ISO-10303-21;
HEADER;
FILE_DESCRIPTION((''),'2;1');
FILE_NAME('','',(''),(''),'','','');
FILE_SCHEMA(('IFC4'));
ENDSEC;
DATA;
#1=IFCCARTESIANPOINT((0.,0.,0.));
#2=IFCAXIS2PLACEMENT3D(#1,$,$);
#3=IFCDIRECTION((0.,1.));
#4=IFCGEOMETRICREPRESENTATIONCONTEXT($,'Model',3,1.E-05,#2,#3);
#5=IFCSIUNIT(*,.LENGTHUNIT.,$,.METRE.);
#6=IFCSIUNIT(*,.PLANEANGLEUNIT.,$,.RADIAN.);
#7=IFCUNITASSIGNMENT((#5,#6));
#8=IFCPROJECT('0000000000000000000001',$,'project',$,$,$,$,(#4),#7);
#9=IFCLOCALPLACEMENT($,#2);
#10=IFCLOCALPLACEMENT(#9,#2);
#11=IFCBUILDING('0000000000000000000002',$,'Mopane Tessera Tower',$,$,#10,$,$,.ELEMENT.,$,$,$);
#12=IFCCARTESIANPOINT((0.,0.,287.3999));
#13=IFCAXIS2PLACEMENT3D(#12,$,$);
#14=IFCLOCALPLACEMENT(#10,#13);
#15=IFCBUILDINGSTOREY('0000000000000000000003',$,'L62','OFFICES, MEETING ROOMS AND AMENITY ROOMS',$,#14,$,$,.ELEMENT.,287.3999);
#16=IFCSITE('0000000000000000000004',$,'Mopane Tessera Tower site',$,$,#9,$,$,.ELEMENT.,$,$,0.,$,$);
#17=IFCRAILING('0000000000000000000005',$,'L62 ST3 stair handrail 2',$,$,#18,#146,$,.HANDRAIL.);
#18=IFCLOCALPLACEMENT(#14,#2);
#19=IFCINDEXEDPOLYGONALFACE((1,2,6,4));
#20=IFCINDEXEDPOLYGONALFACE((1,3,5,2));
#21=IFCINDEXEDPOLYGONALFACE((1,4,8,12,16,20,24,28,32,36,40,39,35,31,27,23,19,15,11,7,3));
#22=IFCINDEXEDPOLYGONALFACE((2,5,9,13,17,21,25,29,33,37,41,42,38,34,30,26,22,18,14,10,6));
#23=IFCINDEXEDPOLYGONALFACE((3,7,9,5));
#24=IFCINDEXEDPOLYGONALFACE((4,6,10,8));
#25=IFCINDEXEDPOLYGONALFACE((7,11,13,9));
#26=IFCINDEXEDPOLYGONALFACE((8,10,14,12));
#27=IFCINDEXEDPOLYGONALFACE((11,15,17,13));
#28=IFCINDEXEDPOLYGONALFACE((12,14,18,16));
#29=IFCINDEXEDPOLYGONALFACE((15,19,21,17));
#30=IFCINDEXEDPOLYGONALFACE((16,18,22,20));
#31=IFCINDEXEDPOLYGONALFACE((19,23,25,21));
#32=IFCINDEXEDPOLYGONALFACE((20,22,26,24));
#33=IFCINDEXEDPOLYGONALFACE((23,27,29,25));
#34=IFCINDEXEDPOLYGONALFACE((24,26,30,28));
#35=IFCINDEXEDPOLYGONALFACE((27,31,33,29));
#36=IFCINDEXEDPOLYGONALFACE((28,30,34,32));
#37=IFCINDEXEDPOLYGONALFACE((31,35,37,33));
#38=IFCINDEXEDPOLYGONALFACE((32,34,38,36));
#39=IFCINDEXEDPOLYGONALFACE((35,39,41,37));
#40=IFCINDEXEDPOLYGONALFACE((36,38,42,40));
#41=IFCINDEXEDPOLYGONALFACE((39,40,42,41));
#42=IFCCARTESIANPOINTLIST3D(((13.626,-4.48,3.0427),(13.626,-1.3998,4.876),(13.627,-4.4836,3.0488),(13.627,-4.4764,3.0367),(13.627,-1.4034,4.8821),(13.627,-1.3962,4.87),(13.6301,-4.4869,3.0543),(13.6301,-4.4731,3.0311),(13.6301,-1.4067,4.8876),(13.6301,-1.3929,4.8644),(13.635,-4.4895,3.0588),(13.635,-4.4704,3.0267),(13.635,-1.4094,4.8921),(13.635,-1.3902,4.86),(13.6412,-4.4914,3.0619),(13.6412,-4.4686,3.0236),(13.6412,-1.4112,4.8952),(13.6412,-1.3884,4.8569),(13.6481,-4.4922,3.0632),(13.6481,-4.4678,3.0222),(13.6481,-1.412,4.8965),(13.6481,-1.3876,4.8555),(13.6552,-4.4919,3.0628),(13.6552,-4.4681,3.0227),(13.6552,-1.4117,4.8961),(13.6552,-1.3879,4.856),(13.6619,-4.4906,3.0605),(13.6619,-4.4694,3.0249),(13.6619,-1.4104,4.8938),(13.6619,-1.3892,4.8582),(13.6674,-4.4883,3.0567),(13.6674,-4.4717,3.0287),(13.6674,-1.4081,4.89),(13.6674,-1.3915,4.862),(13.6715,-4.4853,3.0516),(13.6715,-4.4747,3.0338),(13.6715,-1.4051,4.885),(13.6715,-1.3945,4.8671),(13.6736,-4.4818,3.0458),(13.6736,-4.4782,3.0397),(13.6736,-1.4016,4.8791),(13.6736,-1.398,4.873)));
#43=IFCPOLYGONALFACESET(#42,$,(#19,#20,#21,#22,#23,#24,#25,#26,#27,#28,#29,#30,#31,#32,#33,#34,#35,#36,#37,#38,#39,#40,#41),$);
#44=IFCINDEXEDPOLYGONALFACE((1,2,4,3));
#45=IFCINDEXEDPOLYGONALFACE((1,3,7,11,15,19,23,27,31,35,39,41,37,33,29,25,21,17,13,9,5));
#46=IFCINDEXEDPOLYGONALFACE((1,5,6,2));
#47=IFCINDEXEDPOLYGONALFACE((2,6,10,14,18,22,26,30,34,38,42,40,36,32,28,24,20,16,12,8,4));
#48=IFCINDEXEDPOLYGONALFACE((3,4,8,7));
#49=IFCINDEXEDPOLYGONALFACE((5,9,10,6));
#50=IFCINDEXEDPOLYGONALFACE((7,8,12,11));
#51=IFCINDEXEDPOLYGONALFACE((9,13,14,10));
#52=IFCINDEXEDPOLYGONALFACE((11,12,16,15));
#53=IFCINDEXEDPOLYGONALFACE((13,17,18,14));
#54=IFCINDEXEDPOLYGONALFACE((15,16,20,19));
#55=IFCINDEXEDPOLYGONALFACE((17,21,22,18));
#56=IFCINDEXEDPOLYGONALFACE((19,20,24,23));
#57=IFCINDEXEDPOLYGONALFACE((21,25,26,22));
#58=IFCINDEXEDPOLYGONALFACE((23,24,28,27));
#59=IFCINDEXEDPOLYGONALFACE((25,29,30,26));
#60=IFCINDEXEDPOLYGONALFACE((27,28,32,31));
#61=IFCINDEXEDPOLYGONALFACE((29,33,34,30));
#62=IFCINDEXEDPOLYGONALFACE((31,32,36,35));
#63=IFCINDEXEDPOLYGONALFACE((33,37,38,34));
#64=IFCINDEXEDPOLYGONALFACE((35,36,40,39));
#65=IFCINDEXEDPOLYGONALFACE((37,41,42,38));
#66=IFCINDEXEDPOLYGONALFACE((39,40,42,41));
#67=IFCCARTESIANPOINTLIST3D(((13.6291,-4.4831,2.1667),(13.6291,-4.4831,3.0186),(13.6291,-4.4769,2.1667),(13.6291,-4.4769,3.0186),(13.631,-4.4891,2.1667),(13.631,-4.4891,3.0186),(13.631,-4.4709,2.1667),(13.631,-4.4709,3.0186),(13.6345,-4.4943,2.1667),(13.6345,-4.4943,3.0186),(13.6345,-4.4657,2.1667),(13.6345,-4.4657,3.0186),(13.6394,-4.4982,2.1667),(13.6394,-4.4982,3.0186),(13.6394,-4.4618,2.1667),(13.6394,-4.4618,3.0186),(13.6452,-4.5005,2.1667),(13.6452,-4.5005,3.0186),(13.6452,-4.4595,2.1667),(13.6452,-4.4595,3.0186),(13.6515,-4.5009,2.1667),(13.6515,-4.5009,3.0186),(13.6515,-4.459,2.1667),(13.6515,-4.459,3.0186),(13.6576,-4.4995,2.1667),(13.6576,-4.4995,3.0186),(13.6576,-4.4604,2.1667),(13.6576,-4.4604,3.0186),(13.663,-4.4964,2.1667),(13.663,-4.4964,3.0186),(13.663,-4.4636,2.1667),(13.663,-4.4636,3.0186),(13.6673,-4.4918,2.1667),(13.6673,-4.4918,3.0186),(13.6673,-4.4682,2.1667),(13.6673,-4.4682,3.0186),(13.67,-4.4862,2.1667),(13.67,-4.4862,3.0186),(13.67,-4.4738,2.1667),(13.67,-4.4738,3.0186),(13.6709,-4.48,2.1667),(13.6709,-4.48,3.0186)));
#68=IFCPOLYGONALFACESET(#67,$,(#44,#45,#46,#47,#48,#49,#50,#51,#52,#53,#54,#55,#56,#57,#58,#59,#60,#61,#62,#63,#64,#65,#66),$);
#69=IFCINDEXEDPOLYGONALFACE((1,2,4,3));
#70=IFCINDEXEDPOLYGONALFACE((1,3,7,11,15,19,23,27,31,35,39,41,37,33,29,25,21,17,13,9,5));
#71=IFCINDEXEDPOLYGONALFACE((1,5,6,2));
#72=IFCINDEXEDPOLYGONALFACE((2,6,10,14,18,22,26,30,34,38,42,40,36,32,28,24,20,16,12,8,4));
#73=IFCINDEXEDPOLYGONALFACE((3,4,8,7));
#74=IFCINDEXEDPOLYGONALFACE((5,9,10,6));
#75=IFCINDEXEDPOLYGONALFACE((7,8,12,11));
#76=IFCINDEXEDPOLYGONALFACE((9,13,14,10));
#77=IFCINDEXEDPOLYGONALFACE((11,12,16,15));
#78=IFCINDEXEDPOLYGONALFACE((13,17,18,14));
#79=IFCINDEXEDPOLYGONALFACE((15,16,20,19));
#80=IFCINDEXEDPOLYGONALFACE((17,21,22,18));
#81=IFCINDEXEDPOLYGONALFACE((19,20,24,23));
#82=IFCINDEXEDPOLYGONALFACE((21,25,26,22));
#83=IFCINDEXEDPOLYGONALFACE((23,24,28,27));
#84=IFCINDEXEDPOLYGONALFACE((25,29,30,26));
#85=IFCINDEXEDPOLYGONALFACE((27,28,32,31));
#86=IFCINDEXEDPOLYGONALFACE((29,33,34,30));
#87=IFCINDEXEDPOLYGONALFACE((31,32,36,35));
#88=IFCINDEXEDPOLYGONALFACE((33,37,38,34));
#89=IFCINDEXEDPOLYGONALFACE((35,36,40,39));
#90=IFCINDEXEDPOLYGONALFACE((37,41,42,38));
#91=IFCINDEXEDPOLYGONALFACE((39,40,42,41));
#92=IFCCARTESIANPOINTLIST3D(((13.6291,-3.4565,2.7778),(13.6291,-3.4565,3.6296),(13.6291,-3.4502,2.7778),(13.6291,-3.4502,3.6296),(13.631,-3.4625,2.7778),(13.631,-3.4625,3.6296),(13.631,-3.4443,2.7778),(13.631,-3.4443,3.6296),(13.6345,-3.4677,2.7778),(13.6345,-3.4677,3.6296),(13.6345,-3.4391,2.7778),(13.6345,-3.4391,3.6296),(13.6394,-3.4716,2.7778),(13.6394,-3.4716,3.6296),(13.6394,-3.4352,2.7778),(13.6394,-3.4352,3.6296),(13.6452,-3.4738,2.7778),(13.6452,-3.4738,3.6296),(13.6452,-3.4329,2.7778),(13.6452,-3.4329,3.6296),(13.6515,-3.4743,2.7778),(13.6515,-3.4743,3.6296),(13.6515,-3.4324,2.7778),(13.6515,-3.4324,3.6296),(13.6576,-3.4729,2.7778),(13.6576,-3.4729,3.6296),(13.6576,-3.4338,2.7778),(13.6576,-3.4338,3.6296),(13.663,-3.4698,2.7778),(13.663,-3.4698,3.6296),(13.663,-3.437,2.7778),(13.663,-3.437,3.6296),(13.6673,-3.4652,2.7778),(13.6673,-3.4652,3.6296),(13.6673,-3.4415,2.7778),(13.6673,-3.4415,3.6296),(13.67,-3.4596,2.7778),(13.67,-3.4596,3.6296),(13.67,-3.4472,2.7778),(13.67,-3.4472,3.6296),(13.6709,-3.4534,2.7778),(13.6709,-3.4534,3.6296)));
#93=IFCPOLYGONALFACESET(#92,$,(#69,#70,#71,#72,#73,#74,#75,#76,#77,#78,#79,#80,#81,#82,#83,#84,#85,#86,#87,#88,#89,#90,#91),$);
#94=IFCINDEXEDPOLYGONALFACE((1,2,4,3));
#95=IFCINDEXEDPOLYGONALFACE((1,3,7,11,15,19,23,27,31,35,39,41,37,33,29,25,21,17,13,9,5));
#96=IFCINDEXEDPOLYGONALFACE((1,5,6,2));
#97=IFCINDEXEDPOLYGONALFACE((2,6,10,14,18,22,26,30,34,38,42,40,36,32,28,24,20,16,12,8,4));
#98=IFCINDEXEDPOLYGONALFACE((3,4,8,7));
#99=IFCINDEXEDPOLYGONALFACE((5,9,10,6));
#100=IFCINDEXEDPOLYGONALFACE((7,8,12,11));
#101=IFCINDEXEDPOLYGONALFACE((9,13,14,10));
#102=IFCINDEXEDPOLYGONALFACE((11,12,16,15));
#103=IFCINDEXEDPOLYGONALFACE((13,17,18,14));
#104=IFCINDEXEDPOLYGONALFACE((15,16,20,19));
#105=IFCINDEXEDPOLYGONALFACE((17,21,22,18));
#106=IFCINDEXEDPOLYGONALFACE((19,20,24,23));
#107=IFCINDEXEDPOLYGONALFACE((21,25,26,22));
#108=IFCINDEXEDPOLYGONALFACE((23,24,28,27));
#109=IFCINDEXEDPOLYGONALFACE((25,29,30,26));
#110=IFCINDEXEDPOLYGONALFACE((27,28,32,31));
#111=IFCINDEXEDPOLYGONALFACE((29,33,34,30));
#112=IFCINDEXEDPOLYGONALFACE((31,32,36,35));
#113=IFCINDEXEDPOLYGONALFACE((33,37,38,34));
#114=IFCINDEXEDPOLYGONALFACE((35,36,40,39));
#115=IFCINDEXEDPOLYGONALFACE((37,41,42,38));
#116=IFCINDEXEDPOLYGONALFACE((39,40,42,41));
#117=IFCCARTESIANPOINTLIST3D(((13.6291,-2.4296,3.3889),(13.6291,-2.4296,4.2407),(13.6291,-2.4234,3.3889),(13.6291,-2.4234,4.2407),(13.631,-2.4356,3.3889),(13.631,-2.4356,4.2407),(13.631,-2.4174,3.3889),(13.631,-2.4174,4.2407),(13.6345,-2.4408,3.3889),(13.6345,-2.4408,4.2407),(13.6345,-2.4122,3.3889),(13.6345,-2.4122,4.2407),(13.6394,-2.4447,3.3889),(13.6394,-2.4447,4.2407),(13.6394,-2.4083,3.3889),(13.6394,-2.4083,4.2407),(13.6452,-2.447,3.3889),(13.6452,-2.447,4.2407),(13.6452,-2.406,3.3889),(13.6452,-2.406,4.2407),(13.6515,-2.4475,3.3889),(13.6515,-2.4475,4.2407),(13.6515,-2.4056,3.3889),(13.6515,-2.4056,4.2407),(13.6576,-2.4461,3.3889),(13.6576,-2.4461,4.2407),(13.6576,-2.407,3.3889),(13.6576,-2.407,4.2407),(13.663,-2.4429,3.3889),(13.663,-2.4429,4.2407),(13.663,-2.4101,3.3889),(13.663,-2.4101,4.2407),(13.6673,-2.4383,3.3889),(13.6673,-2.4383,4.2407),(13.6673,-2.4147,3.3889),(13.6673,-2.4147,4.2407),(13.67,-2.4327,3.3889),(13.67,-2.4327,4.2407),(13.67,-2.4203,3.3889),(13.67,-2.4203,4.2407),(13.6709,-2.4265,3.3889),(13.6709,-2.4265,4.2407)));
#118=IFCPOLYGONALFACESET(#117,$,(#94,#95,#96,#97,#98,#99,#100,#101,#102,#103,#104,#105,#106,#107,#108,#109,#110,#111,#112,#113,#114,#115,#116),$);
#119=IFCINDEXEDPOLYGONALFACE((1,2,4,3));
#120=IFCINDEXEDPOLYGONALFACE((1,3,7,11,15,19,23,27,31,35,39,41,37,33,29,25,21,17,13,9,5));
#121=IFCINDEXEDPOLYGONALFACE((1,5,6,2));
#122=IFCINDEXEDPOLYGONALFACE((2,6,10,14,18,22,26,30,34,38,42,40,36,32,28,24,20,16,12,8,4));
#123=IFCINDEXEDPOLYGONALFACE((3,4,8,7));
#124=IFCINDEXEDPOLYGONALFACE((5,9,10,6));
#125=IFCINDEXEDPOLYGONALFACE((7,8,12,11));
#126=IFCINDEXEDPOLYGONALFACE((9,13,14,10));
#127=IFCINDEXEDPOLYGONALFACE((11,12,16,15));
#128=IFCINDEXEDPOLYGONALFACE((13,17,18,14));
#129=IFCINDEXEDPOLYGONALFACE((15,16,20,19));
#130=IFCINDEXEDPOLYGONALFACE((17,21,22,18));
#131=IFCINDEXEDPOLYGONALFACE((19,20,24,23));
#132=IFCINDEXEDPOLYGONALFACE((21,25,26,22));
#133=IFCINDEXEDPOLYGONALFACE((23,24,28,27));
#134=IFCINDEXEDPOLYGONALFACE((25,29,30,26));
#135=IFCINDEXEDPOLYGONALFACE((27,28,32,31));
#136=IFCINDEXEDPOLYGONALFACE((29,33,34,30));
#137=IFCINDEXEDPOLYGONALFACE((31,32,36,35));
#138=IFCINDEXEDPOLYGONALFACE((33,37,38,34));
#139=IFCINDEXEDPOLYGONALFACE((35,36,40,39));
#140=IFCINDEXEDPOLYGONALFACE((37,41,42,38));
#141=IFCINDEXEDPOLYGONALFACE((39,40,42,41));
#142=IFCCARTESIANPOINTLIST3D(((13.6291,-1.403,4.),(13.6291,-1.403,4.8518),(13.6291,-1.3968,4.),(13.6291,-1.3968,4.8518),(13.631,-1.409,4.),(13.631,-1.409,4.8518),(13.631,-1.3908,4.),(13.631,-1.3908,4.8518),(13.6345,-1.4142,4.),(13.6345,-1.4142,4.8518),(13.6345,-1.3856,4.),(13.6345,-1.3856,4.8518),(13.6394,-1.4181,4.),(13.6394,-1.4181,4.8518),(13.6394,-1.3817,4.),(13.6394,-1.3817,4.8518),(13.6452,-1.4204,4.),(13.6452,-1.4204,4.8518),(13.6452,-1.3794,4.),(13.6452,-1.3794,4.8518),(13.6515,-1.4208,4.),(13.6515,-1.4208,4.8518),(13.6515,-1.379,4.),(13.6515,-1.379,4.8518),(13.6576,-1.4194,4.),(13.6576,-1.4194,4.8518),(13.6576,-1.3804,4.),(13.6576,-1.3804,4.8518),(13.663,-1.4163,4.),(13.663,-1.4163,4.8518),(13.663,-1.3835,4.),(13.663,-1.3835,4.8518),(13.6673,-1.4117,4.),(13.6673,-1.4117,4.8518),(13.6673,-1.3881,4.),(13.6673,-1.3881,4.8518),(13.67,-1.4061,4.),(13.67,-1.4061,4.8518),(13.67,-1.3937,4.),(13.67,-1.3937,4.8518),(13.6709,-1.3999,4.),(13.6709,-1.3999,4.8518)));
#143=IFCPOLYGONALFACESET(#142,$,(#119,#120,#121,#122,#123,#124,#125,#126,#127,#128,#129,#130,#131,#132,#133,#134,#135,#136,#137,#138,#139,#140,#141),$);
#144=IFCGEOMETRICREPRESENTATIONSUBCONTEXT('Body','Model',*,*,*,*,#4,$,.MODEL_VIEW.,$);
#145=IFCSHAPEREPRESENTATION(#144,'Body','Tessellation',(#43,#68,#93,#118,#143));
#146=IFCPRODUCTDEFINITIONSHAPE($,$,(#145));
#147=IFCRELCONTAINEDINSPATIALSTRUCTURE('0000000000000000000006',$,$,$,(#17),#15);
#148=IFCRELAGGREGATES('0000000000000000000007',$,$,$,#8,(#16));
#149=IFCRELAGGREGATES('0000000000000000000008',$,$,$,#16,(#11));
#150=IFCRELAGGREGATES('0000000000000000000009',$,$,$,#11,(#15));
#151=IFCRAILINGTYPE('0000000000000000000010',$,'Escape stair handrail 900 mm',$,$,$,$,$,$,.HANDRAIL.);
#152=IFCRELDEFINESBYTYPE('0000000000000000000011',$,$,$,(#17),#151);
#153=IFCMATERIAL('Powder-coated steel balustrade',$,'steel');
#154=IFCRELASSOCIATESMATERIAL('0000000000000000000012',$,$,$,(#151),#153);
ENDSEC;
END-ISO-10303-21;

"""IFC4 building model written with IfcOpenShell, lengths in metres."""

from ifc_helpers import new_model, si_unit, direction, frame, origin, origin_2d, place, context, subcontext, project, spatial, circle, extrude, material, type_object, element, save


model = new_model("IFC4")

# Units and contexts
model_context = context("Model", 3, precision=1e-05, world=origin(), true_north=direction((0.0, 1.0)))
body_context = subcontext(model_context, "Body", "Model", "MODEL_VIEW")
ifc_project = project(units=[si_unit("LENGTHUNIT", "METRE"), si_unit("PLANEANGLEUNIT", "RADIAN")], contexts=[model_context])

# Site, building, storey
site_placement = place(None, origin())
site = spatial("IfcSite", under=ifc_project, at=site_placement, Name="Mopane Tessera Tower site", CompositionType="ELEMENT", RefElevation=0.0)
building_placement = place(site_placement, origin())
building = spatial("IfcBuilding", under=site, at=building_placement, Name="Mopane Tessera Tower", CompositionType="ELEMENT")
storey_placement = place(building_placement, frame((0.0, 0.0, 287.3999)))
storey = spatial("IfcBuildingStorey", under=building, at=storey_placement, Name="L62", Description="OFFICES, MEETING ROOMS AND AMENITY ROOMS", CompositionType="ELEMENT", Elevation=287.3999)

# Railing
ifc_material_1 = material(Name="Powder-coated steel balustrade", Category="steel")
railing_type_1 = type_object("IfcRailingType", Name="Escape stair handrail 900 mm", PredefinedType="HANDRAIL", material=ifc_material_1)
railing_1_placement = place(storey_placement, frame((13.6499, -4.48, 2.1667)))
element("IfcRailing", 1, at=railing_1_placement, inside=storey, type_object=railing_type_1, Name="L62 ST3 stair handrail 2", PredefinedType="HANDRAIL", context=body_context, shape_type="SweptSolid", body=[
    extrude(circle(Radius=0.0239, at=origin_2d()), frame((0.0, 0.0, 0.876), z_axis=(0.0, 0.859309, 0.511458), x_axis=(-1.0, 0.0, 0.0)), (0.0, 0.0, 1.0), 3.5845),
    extrude(circle(Radius=0.021, at=origin_2d()), origin(), (0.0, 0.0, 1.0), 0.8518),
    extrude(circle(Radius=0.021, at=origin_2d()), frame((0.0, 1.0266, 0.6111)), (0.0, 0.0, 1.0), 0.8518),
    extrude(circle(Radius=0.021, at=origin_2d()), frame((0.0, 2.0535, 1.2222)), (0.0, 0.0, 1.0), 0.8518),
    extrude(circle(Radius=0.021, at=origin_2d()), frame((0.0, 3.0801, 1.8333)), (0.0, 0.0, 1.0), 0.8518),
])

save(model, "model.ifc")
